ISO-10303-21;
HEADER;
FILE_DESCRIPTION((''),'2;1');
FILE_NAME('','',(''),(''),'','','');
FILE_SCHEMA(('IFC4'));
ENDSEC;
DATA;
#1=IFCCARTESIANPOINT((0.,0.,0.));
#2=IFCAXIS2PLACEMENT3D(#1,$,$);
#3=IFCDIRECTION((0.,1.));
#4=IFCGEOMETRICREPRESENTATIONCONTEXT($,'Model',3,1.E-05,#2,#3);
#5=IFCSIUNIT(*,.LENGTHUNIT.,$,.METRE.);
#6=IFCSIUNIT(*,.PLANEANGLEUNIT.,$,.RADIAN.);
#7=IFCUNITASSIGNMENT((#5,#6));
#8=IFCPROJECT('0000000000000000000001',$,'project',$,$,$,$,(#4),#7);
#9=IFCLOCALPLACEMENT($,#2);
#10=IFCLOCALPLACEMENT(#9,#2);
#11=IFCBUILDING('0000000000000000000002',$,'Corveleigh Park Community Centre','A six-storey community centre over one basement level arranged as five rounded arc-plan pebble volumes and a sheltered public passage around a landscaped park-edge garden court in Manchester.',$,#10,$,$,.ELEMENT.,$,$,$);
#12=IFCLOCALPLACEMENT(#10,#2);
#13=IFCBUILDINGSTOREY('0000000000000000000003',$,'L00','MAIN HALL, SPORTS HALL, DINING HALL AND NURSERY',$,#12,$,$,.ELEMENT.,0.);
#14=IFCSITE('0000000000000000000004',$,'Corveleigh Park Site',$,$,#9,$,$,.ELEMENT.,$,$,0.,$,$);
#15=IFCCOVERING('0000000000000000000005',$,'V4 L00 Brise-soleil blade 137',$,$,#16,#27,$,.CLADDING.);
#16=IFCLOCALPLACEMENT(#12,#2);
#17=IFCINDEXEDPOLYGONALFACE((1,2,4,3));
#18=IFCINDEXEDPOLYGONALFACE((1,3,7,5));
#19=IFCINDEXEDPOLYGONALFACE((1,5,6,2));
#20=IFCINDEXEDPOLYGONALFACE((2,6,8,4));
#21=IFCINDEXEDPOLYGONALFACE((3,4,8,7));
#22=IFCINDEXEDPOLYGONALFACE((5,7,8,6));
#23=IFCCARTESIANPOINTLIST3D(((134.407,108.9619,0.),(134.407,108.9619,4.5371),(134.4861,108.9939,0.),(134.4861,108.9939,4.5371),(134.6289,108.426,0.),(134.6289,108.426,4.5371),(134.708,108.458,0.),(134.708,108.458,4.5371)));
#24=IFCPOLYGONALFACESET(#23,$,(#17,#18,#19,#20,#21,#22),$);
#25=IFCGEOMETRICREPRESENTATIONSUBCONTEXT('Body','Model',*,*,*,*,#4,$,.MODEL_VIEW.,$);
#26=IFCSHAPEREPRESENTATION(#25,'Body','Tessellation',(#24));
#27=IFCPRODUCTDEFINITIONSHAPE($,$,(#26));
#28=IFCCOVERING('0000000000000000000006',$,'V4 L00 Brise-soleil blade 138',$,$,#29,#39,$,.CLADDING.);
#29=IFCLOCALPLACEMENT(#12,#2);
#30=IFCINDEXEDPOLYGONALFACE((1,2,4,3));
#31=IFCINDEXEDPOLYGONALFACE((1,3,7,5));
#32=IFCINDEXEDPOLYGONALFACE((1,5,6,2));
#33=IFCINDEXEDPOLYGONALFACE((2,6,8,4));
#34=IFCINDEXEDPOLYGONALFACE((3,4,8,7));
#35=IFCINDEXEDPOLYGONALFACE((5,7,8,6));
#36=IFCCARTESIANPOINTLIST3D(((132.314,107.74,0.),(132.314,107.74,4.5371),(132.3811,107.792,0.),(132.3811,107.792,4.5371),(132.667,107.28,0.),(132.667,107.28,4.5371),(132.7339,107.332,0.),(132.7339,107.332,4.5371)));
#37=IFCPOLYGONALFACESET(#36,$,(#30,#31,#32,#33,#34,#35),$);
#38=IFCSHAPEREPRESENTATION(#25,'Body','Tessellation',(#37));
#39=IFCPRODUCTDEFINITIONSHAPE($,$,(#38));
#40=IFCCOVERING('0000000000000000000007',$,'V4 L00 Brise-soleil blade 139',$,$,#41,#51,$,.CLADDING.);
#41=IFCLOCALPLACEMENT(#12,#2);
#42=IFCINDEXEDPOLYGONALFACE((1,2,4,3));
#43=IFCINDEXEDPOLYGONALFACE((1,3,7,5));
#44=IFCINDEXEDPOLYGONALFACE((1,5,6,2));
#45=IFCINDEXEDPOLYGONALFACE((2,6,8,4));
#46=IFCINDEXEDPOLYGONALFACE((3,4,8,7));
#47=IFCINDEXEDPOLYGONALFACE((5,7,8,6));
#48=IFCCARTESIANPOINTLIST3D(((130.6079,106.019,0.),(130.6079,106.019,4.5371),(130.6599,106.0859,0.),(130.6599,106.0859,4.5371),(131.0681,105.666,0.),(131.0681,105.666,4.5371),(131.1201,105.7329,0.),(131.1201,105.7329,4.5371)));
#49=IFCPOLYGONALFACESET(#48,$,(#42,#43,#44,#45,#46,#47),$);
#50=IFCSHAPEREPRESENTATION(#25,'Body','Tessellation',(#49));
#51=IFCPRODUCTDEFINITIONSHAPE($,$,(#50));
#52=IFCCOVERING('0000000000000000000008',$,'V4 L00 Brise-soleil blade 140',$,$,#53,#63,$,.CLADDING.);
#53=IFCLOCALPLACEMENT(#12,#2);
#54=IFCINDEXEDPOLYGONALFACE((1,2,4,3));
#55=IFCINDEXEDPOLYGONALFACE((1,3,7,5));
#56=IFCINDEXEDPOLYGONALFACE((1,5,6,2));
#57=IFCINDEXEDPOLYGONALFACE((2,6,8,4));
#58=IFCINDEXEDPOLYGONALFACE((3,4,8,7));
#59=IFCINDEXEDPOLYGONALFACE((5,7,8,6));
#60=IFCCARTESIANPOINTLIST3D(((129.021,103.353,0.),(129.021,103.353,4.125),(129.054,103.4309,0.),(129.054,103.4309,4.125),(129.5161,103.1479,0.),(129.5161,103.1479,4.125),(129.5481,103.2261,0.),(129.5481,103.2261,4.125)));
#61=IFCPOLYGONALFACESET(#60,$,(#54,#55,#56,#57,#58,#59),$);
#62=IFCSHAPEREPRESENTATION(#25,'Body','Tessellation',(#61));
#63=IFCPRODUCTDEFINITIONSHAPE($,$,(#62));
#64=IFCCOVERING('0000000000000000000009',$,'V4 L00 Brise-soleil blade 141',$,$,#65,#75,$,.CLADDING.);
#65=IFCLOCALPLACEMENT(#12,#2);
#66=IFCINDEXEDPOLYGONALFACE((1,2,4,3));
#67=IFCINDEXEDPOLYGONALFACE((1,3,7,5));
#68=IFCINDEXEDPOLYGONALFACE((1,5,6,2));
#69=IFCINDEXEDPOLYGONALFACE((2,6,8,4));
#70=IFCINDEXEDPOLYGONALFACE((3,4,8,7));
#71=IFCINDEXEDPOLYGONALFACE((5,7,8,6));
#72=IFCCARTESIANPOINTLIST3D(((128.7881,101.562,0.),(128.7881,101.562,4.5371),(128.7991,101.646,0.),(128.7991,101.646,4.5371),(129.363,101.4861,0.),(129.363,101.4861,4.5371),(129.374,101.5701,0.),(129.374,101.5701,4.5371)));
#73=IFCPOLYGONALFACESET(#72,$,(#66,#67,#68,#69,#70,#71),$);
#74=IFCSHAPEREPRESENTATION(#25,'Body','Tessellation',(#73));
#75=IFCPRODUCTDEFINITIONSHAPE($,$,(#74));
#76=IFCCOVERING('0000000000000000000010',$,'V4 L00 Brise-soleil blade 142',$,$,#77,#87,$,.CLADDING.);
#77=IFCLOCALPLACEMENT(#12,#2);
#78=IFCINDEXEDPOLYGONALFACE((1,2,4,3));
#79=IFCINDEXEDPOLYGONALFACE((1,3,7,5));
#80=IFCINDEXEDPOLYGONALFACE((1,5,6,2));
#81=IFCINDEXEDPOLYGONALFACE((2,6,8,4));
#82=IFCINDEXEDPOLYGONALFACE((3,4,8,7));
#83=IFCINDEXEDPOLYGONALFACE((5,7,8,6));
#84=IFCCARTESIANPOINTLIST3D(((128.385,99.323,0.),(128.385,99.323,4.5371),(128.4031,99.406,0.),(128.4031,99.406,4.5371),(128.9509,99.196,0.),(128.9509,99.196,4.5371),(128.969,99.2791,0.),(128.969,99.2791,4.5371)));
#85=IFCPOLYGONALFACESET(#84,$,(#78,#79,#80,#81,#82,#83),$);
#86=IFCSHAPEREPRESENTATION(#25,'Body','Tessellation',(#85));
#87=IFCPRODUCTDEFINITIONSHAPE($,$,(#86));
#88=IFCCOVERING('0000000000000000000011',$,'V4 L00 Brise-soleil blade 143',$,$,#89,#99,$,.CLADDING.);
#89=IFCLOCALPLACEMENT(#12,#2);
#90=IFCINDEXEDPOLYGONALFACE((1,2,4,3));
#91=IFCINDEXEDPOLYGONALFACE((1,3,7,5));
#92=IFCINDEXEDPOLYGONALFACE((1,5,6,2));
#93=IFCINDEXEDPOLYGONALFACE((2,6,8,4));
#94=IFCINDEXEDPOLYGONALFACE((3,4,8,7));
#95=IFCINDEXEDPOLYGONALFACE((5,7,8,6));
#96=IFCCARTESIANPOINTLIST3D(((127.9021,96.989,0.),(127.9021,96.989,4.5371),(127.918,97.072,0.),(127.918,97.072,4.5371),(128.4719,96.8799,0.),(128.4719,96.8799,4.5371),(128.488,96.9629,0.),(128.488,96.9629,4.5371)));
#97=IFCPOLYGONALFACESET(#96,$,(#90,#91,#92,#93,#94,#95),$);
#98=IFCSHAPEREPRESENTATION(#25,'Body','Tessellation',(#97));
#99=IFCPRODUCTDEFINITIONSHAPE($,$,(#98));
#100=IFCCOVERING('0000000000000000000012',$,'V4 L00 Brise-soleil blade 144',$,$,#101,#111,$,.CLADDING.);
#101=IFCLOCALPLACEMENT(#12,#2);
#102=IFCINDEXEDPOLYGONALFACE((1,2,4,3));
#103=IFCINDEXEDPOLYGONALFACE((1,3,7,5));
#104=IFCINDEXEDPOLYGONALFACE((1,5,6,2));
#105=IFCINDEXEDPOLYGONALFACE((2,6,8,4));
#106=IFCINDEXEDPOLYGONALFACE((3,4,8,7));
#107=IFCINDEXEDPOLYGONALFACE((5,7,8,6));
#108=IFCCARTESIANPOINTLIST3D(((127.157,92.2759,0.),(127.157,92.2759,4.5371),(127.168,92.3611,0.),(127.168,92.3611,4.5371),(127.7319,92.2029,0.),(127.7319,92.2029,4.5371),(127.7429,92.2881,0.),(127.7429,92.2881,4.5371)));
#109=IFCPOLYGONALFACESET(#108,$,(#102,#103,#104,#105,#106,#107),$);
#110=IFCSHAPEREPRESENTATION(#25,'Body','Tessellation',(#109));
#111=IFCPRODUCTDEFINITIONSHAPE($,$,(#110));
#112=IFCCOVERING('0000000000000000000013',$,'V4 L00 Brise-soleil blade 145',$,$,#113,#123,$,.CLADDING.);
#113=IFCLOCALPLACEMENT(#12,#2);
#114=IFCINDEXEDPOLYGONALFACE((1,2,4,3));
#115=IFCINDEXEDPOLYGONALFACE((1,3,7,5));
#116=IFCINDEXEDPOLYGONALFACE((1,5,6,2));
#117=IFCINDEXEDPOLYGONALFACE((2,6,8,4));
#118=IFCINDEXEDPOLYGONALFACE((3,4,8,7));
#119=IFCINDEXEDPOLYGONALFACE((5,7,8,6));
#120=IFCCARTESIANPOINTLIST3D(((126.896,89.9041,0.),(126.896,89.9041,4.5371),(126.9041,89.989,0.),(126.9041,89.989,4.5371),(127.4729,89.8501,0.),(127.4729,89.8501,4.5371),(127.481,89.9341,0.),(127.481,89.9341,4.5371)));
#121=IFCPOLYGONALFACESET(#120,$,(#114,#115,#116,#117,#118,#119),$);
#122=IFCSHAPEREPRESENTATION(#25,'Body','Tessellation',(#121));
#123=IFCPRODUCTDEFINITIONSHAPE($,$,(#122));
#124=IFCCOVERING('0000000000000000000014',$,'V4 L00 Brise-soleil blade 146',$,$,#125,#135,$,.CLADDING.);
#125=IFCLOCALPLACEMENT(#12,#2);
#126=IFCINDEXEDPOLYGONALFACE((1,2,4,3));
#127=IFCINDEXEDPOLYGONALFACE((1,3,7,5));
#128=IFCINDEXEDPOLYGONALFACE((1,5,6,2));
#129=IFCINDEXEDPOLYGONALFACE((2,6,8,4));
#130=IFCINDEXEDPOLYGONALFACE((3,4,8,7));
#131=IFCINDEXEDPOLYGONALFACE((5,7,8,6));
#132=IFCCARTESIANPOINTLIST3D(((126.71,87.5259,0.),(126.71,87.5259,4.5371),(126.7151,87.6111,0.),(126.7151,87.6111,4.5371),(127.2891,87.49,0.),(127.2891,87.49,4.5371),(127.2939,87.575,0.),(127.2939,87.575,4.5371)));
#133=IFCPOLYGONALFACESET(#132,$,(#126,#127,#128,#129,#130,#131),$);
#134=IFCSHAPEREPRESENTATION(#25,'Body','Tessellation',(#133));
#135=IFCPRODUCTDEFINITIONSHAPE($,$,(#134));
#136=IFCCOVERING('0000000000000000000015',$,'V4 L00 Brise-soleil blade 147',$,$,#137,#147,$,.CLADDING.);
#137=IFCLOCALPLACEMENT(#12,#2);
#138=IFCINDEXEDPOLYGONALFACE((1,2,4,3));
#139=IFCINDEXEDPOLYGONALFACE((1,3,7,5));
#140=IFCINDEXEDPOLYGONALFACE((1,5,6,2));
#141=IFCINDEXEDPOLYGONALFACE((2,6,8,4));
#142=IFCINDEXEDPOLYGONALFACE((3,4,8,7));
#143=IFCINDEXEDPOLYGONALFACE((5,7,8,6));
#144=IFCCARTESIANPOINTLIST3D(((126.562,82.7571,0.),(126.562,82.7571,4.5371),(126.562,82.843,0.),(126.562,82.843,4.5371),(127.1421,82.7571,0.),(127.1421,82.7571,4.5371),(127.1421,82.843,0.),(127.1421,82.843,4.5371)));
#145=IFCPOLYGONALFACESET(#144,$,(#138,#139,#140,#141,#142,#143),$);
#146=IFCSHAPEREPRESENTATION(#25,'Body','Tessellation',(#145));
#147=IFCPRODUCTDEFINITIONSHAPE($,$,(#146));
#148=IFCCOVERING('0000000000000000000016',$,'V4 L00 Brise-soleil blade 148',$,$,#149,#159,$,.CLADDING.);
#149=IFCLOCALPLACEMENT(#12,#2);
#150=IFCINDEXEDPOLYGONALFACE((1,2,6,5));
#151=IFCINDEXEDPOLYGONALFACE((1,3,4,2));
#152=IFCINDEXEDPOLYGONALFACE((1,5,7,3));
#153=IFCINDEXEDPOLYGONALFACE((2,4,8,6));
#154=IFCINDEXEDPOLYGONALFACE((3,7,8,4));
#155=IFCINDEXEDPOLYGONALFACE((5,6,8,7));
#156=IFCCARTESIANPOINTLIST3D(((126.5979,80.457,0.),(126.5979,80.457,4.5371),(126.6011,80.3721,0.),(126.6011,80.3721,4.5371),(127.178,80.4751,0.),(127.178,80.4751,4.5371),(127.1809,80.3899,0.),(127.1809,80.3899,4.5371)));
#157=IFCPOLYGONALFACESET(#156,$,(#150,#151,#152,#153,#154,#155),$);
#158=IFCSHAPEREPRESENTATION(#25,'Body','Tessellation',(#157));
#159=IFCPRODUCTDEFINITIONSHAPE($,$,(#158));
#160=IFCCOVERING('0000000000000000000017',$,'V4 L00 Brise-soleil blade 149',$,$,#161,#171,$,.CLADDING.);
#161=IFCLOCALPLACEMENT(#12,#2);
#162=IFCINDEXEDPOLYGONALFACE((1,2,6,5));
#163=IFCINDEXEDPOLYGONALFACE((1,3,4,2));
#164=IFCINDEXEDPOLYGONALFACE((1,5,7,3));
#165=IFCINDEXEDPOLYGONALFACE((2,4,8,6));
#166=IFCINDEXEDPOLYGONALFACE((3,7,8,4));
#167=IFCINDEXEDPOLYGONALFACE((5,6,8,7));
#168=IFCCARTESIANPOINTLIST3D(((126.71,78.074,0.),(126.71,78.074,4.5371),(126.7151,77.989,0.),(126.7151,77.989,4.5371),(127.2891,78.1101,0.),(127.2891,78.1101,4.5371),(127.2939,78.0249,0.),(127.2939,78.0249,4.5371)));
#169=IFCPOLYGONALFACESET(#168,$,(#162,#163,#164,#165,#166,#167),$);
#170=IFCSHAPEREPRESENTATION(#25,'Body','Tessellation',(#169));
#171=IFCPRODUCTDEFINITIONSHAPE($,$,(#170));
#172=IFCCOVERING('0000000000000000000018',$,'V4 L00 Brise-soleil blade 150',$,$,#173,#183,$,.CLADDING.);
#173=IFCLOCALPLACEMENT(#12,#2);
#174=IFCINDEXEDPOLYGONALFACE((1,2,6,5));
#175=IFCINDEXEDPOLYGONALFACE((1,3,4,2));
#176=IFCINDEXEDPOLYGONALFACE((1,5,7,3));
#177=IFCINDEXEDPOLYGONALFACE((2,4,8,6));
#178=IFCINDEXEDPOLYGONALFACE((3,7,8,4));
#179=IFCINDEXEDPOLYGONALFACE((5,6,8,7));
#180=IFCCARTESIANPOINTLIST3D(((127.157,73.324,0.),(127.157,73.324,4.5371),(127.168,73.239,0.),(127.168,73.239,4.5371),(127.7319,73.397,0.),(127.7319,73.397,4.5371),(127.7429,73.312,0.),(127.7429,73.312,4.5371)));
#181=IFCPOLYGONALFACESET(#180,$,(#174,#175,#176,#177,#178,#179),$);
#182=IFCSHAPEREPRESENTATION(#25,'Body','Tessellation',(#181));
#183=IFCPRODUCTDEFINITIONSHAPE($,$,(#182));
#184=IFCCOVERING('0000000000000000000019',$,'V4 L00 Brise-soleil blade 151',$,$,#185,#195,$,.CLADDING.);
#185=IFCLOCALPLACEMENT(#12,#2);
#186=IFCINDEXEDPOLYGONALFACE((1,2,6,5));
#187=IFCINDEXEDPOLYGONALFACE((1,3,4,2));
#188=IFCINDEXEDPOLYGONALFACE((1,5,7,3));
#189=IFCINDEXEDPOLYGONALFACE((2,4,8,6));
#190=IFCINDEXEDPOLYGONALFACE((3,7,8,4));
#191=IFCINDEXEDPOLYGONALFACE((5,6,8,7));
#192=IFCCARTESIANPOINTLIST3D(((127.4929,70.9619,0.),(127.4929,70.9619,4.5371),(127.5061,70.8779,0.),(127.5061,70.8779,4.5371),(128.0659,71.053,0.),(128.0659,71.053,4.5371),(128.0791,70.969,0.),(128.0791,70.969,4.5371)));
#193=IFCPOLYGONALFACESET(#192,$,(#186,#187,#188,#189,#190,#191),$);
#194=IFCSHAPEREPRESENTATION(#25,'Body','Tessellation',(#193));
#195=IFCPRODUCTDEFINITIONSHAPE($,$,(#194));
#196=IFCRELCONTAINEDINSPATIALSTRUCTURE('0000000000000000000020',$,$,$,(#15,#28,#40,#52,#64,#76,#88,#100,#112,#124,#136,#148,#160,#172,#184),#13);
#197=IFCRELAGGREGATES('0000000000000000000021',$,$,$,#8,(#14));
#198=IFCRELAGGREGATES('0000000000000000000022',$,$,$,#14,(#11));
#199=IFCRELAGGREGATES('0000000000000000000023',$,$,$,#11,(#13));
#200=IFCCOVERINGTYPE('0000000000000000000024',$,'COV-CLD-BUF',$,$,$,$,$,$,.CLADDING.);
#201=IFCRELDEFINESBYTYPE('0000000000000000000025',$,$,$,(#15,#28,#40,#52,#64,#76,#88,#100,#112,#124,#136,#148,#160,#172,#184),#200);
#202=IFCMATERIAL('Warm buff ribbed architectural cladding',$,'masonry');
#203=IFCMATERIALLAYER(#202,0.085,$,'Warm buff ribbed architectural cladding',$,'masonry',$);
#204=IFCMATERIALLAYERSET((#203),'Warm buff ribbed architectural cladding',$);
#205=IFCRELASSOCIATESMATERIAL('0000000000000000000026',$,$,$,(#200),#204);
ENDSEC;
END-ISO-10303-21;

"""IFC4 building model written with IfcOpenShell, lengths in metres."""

from ifc_helpers import new_model, si_unit, direction, origin, place, context, subcontext, project, spatial, polyline, outline, extrude, material, layer, layer_set, type_object, element, save


model = new_model("IFC4")

# Units and contexts
model_context = context("Model", 3, precision=1e-05, world=origin(), true_north=direction((0.0, 1.0)))
body_context = subcontext(model_context, "Body", "Model", "MODEL_VIEW")
ifc_project = project(units=[si_unit("LENGTHUNIT", "METRE"), si_unit("PLANEANGLEUNIT", "RADIAN")], contexts=[model_context])

# Site, building, storey
site_placement = place(None, origin())
site = spatial("IfcSite", under=ifc_project, at=site_placement, Name="Corveleigh Park Site", CompositionType="ELEMENT", RefElevation=0.0)
building_placement = place(site_placement, origin())
building = spatial("IfcBuilding", under=site, at=building_placement, Name="Corveleigh Park Community Centre", Description="A six-storey community centre over one basement level arranged as five rounded arc-plan pebble volumes and a sheltered public passage around a landscaped park-edge garden court in Manchester.", CompositionType="ELEMENT")
storey_placement = place(building_placement, origin())
storey = spatial("IfcBuildingStorey", under=building, at=storey_placement, Name="L00", Description="MAIN HALL, SPORTS HALL, DINING HALL AND NURSERY", CompositionType="ELEMENT", Elevation=0.0)

# Coverings
ifc_material_1 = material(Name="Warm buff ribbed architectural cladding", Category="masonry")
ifc_layer_1 = layer(ifc_material_1, 0.085, Name="Warm buff ribbed architectural cladding", Category="masonry")
ifc_layer_set_1 = layer_set([ifc_layer_1], Name="Warm buff ribbed architectural cladding")
covering_type_1 = type_object("IfcCoveringType", Name="COV-CLD-BUF", PredefinedType="CLADDING", material=ifc_layer_set_1)
covering_1_placement = place(storey_placement, origin())
element("IfcCovering", 1, at=covering_1_placement, inside=storey, type_object=covering_type_1, Name="V4 L00 Brise-soleil blade 137", PredefinedType="CLADDING", context=body_context, shape_type="SweptSolid", body=[
    extrude(outline(polyline([(134.6289, 108.426), (134.708, 108.458), (134.4861, 108.9939), (134.407, 108.9619), (134.6289, 108.426)])), origin(), (0.0, 0.0, 1.0), 4.5371),
])
covering_2_placement = place(storey_placement, origin())
element("IfcCovering", 2, at=covering_2_placement, inside=storey, type_object=covering_type_1, Name="V4 L00 Brise-soleil blade 138", PredefinedType="CLADDING", context=body_context, shape_type="SweptSolid", body=[
    extrude(outline(polyline([(132.667, 107.28), (132.7339, 107.332), (132.3811, 107.792), (132.314, 107.74), (132.667, 107.28)])), origin(), (0.0, 0.0, 1.0), 4.5371),
])
covering_3_placement = place(storey_placement, origin())
element("IfcCovering", 3, at=covering_3_placement, inside=storey, type_object=covering_type_1, Name="V4 L00 Brise-soleil blade 139", PredefinedType="CLADDING", context=body_context, shape_type="SweptSolid", body=[
    extrude(outline(polyline([(131.0681, 105.666), (131.1201, 105.7329), (130.6599, 106.0859), (130.6079, 106.019), (131.0681, 105.666)])), origin(), (0.0, 0.0, 1.0), 4.5371),
])
covering_4_placement = place(storey_placement, origin())
element("IfcCovering", 4, at=covering_4_placement, inside=storey, type_object=covering_type_1, Name="V4 L00 Brise-soleil blade 140", PredefinedType="CLADDING", context=body_context, shape_type="SweptSolid", body=[
    extrude(outline(polyline([(129.5161, 103.1479), (129.5481, 103.2261), (129.054, 103.4309), (129.021, 103.353), (129.5161, 103.1479)])), origin(), (0.0, 0.0, 1.0), 4.125),
])
covering_5_placement = place(storey_placement, origin())
element("IfcCovering", 5, at=covering_5_placement, inside=storey, type_object=covering_type_1, Name="V4 L00 Brise-soleil blade 141", PredefinedType="CLADDING", context=body_context, shape_type="SweptSolid", body=[
    extrude(outline(polyline([(129.363, 101.4861), (129.374, 101.5701), (128.7991, 101.646), (128.7881, 101.562), (129.363, 101.4861)])), origin(), (0.0, 0.0, 1.0), 4.5371),
])
covering_6_placement = place(storey_placement, origin())
element("IfcCovering", 6, at=covering_6_placement, inside=storey, type_object=covering_type_1, Name="V4 L00 Brise-soleil blade 142", PredefinedType="CLADDING", context=body_context, shape_type="SweptSolid", body=[
    extrude(outline(polyline([(128.9509, 99.196), (128.969, 99.2791), (128.4031, 99.406), (128.385, 99.323), (128.9509, 99.196)])), origin(), (0.0, 0.0, 1.0), 4.5371),
])
covering_7_placement = place(storey_placement, origin())
element("IfcCovering", 7, at=covering_7_placement, inside=storey, type_object=covering_type_1, Name="V4 L00 Brise-soleil blade 143", PredefinedType="CLADDING", context=body_context, shape_type="SweptSolid", body=[
    extrude(outline(polyline([(128.4719, 96.8799), (128.488, 96.9629), (127.918, 97.072), (127.9021, 96.989), (128.4719, 96.8799)])), origin(), (0.0, 0.0, 1.0), 4.5371),
])
covering_8_placement = place(storey_placement, origin())
element("IfcCovering", 8, at=covering_8_placement, inside=storey, type_object=covering_type_1, Name="V4 L00 Brise-soleil blade 144", PredefinedType="CLADDING", context=body_context, shape_type="SweptSolid", body=[
    extrude(outline(polyline([(127.7319, 92.2029), (127.7429, 92.2881), (127.168, 92.3611), (127.157, 92.2759), (127.7319, 92.2029)])), origin(), (0.0, 0.0, 1.0), 4.5371),
])
covering_9_placement = place(storey_placement, origin())
element("IfcCovering", 9, at=covering_9_placement, inside=storey, type_object=covering_type_1, Name="V4 L00 Brise-soleil blade 145", PredefinedType="CLADDING", context=body_context, shape_type="SweptSolid", body=[
    extrude(outline(polyline([(127.4729, 89.8501), (127.481, 89.9341), (126.9041, 89.989), (126.896, 89.9041), (127.4729, 89.8501)])), origin(), (0.0, 0.0, 1.0), 4.5371),
])
covering_10_placement = place(storey_placement, origin())
element("IfcCovering", 10, at=covering_10_placement, inside=storey, type_object=covering_type_1, Name="V4 L00 Brise-soleil blade 146", PredefinedType="CLADDING", context=body_context, shape_type="SweptSolid", body=[
    extrude(outline(polyline([(127.2891, 87.49), (127.2939, 87.575), (126.7151, 87.6111), (126.71, 87.5259), (127.2891, 87.49)])), origin(), (0.0, 0.0, 1.0), 4.5371),
])
covering_11_placement = place(storey_placement, origin())
element("IfcCovering", 11, at=covering_11_placement, inside=storey, type_object=covering_type_1, Name="V4 L00 Brise-soleil blade 147", PredefinedType="CLADDING", context=body_context, shape_type="SweptSolid", body=[
    extrude(outline(polyline([(127.1421, 82.7571), (127.1421, 82.843), (126.562, 82.843), (126.562, 82.7571), (127.1421, 82.7571)])), origin(), (0.0, 0.0, 1.0), 4.5371),
])
covering_12_placement = place(storey_placement, origin())
element("IfcCovering", 12, at=covering_12_placement, inside=storey, type_object=covering_type_1, Name="V4 L00 Brise-soleil blade 148", PredefinedType="CLADDING", context=body_context, shape_type="SweptSolid", body=[
    extrude(outline(polyline([(127.1809, 80.3899), (127.178, 80.4751), (126.5979, 80.457), (126.6011, 80.3721), (127.1809, 80.3899)])), origin(), (0.0, 0.0, 1.0), 4.5371),
])
covering_13_placement = place(storey_placement, origin())
element("IfcCovering", 13, at=covering_13_placement, inside=storey, type_object=covering_type_1, Name="V4 L00 Brise-soleil blade 149", PredefinedType="CLADDING", context=body_context, shape_type="SweptSolid", body=[
    extrude(outline(polyline([(127.2939, 78.0249), (127.2891, 78.1101), (126.71, 78.074), (126.7151, 77.989), (127.2939, 78.0249)])), origin(), (0.0, 0.0, 1.0), 4.5371),
])
covering_14_placement = place(storey_placement, origin())
element("IfcCovering", 14, at=covering_14_placement, inside=storey, type_object=covering_type_1, Name="V4 L00 Brise-soleil blade 150", PredefinedType="CLADDING", context=body_context, shape_type="SweptSolid", body=[
    extrude(outline(polyline([(127.7429, 73.312), (127.7319, 73.397), (127.157, 73.324), (127.168, 73.239), (127.7429, 73.312)])), origin(), (0.0, 0.0, 1.0), 4.5371),
])
covering_15_placement = place(storey_placement, origin())
element("IfcCovering", 15, at=covering_15_placement, inside=storey, type_object=covering_type_1, Name="V4 L00 Brise-soleil blade 151", PredefinedType="CLADDING", context=body_context, shape_type="SweptSolid", body=[
    extrude(outline(polyline([(128.0791, 70.969), (128.0659, 71.053), (127.4929, 70.9619), (127.5061, 70.8779), (128.0791, 70.969)])), origin(), (0.0, 0.0, 1.0), 4.5371),
])

save(model, "model.ifc")
